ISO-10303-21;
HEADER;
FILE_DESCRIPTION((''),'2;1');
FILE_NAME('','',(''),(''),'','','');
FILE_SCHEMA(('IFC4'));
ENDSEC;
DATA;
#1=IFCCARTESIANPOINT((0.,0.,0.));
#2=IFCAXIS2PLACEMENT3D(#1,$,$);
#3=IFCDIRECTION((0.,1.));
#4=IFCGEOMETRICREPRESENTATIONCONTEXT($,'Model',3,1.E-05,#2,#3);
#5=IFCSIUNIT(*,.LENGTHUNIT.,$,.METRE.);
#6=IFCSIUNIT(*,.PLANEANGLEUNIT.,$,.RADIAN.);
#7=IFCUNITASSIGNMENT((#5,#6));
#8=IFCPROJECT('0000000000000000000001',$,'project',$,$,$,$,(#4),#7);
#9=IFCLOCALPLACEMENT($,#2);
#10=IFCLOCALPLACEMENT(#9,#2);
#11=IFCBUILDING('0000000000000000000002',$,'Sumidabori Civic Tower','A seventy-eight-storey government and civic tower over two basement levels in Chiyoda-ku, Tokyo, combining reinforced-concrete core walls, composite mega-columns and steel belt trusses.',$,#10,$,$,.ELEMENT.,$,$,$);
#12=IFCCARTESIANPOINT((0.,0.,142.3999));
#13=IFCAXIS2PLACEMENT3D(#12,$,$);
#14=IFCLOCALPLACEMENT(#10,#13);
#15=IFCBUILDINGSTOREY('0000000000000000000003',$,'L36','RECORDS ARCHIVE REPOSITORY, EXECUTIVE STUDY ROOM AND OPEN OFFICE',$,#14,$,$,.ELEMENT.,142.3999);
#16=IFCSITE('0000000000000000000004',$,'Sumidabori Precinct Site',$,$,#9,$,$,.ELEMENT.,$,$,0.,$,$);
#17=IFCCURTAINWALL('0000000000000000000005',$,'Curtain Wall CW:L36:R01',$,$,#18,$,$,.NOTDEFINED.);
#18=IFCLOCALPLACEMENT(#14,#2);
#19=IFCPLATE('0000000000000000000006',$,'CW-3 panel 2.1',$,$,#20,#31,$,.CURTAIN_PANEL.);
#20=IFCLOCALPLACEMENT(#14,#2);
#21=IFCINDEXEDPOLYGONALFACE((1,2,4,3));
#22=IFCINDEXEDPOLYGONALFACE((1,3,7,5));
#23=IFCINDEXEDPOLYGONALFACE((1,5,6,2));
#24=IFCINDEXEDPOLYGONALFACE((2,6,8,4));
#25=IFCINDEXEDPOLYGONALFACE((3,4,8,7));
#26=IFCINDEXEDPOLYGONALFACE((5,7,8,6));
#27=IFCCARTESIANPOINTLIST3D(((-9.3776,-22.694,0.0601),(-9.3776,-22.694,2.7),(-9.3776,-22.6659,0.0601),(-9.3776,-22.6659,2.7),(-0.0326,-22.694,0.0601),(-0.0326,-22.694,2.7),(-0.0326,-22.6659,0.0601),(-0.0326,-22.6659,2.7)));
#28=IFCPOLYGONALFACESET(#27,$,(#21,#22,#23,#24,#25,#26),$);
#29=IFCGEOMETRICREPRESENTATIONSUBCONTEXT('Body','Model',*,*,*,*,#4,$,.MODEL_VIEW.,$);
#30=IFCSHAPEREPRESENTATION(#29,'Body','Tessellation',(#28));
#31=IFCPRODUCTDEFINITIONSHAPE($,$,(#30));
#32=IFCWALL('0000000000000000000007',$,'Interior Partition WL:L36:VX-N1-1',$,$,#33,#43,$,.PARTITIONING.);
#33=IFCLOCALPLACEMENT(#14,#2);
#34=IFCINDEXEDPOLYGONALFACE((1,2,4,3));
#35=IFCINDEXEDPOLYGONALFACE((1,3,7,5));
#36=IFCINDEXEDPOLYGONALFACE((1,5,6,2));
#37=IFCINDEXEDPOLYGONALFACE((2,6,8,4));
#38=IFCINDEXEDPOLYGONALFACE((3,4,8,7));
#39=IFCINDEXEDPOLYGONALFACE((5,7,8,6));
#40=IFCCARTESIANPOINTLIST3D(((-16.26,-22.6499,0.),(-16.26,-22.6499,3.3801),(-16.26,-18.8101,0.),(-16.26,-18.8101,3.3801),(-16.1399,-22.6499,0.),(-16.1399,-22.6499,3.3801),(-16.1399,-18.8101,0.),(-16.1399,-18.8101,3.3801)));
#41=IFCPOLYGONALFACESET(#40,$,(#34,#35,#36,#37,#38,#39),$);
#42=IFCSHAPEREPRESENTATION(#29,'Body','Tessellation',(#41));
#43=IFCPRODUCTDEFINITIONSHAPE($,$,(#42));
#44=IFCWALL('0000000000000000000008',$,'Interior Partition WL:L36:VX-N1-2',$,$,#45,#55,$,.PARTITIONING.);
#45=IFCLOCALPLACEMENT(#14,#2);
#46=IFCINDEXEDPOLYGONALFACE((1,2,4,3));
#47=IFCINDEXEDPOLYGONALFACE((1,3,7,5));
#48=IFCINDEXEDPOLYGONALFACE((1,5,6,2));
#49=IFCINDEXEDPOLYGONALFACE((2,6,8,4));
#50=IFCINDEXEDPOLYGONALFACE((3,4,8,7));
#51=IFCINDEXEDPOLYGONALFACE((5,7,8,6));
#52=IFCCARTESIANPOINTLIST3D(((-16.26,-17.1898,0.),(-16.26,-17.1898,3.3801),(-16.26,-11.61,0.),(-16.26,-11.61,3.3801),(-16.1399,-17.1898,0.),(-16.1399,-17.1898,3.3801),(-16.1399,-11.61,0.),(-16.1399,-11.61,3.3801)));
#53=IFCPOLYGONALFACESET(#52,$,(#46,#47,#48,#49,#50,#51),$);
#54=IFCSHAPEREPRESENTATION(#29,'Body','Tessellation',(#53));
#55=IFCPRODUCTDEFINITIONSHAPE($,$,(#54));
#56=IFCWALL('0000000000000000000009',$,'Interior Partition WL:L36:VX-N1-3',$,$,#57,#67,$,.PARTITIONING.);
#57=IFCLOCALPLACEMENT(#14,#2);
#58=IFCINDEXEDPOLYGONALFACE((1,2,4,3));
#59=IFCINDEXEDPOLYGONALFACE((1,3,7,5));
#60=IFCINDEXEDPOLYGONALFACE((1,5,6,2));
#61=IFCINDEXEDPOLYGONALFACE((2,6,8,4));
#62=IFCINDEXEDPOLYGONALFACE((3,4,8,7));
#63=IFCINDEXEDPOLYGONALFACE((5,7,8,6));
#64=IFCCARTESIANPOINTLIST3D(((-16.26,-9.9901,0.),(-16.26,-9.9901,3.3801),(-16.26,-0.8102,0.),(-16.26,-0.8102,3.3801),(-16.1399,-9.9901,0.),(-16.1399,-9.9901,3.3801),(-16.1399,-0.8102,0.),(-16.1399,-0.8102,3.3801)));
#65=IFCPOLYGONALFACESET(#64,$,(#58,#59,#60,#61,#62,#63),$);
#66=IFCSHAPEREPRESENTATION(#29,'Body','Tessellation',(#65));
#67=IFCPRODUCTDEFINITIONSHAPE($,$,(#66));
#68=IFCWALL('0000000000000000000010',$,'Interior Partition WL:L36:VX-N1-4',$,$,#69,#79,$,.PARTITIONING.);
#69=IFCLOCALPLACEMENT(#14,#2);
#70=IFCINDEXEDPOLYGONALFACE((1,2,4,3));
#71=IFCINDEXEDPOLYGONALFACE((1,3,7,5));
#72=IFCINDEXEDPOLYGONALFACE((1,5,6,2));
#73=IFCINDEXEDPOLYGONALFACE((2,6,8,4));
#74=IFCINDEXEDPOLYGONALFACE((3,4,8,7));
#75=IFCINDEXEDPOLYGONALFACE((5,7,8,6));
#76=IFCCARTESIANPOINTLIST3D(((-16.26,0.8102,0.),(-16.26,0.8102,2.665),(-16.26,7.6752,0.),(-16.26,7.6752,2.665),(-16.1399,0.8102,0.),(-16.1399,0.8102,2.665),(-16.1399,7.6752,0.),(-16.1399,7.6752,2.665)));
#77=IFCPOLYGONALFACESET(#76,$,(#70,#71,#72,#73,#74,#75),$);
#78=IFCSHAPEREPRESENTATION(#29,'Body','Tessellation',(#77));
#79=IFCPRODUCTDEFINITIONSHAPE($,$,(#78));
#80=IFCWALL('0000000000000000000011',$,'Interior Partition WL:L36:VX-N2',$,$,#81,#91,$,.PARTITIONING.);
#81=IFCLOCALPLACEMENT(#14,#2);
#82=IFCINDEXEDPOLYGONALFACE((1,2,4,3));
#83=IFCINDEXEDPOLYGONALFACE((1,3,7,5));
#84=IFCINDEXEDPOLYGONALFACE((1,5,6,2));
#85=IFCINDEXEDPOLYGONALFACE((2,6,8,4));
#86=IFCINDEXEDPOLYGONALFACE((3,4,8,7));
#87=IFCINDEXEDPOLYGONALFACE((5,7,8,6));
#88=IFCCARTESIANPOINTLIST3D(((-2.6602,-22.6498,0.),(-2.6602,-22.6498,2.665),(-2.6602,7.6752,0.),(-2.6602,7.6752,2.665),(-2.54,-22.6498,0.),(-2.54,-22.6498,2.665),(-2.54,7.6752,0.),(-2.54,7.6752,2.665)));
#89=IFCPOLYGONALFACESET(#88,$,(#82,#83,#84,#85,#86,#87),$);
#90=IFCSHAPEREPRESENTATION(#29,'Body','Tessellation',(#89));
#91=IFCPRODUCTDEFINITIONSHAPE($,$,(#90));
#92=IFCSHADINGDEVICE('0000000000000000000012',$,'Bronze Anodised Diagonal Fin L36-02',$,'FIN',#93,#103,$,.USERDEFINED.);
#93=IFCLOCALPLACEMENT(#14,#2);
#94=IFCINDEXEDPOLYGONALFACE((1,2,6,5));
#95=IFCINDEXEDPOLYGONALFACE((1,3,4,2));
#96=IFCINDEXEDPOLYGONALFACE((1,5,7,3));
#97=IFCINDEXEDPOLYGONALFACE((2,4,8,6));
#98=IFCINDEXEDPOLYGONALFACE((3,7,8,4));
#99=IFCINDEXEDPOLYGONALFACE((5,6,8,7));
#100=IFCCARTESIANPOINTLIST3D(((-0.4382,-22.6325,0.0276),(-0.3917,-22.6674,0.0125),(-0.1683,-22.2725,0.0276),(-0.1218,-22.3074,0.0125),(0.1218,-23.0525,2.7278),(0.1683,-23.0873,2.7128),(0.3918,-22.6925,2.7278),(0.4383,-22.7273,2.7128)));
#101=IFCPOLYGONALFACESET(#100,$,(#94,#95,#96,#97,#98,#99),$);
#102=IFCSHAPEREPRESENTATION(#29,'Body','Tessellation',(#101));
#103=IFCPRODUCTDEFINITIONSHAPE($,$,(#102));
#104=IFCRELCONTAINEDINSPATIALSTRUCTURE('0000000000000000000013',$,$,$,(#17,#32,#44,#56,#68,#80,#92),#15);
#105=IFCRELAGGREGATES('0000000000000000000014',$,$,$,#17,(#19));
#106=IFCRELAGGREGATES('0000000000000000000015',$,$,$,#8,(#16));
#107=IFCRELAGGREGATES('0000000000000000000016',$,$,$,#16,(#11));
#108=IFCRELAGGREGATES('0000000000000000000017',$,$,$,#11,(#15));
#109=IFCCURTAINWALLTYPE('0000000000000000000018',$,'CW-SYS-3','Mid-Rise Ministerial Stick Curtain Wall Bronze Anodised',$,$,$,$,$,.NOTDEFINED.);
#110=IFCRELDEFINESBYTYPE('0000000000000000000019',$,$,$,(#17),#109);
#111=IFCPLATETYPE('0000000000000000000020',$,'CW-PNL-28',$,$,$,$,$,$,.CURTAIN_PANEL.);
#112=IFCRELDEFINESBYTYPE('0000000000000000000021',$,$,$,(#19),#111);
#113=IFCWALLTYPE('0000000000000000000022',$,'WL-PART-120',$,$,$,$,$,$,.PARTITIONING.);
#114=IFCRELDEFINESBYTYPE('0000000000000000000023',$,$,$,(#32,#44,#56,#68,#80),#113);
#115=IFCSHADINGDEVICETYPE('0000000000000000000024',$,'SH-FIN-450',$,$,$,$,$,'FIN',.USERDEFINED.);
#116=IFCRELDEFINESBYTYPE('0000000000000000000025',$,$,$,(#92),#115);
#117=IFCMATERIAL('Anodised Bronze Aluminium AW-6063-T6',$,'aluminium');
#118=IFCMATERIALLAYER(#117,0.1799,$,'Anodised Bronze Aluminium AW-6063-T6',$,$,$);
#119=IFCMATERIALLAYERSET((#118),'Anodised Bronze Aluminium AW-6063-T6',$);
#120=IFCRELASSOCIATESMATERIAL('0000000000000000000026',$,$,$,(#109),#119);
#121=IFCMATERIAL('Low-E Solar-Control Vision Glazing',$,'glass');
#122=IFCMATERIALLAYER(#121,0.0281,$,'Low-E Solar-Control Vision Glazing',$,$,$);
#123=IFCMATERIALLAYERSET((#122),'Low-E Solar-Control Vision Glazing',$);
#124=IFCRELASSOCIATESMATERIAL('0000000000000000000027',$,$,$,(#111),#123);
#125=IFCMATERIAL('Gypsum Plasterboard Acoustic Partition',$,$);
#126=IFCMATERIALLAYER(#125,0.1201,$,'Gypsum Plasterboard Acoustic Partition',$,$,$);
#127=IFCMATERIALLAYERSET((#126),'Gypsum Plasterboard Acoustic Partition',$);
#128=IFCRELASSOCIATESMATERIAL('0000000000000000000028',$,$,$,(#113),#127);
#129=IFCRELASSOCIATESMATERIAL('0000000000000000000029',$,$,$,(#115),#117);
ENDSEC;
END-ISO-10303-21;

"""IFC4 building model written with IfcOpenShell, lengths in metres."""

from ifc_helpers import new_model, si_unit, direction, frame, frame_2d, origin, origin_2d, place, context, subcontext, project, spatial, rectangle, extrude, source, transform, mapped, material, layer, layer_set, material_profile, profile_set, type_object, element, aggregate, save


model = new_model("IFC4")

# Units and contexts
model_context = context("Model", 3, precision=1e-05, world=origin(), true_north=direction((0.0, 1.0)))
body_context = subcontext(model_context, "Body", "Model", "MODEL_VIEW")
ifc_project = project(units=[si_unit("LENGTHUNIT", "METRE"), si_unit("PLANEANGLEUNIT", "RADIAN")], contexts=[model_context])

# Site, building, storey
site_placement = place(None, origin())
site = spatial("IfcSite", under=ifc_project, at=site_placement, Name="Sumidabori Precinct Site", CompositionType="ELEMENT", RefElevation=0.0)
building_placement = place(site_placement, origin())
building = spatial("IfcBuilding", under=site, at=building_placement, Name="Sumidabori Civic Tower", Description="A seventy-eight-storey government and civic tower over two basement levels in Chiyoda-ku, Tokyo, combining reinforced-concrete core walls, composite mega-columns and steel belt trusses.", CompositionType="ELEMENT")
storey_placement = place(building_placement, frame((0.0, 0.0, 142.3999)))
storey = spatial("IfcBuildingStorey", under=building, at=storey_placement, Name="L36", Description="RECORDS ARCHIVE REPOSITORY, EXECUTIVE STUDY ROOM AND OPEN OFFICE", CompositionType="ELEMENT", Elevation=142.3999)

# Curtain wall
ifc_material_1 = material(Name="Anodised Bronze Aluminium AW-6063-T6", Category="aluminium")
ifc_layer_1 = layer(ifc_material_1, 0.1799, Name="Anodised Bronze Aluminium AW-6063-T6")
ifc_layer_set_1 = layer_set([ifc_layer_1], Name="Anodised Bronze Aluminium AW-6063-T6")
curtain_wall_type = type_object("IfcCurtainWallType", Name="CW-SYS-3", Description="Mid-Rise Ministerial Stick Curtain Wall Bronze Anodised", PredefinedType="NOTDEFINED", material=ifc_layer_set_1)
curtain_wall_placement = place(storey_placement, origin())
curtain_wall = element("IfcCurtainWall", 1, at=curtain_wall_placement, inside=storey, type_object=curtain_wall_type, Name="Curtain Wall CW:L36:R01", PredefinedType="NOTDEFINED")

# Plate
ifc_material_2 = material(Name="Low-E Solar-Control Vision Glazing", Category="glass")
ifc_layer_2 = layer(ifc_material_2, 0.0281, Name="Low-E Solar-Control Vision Glazing")
ifc_layer_set_2 = layer_set([ifc_layer_2], Name="Low-E Solar-Control Vision Glazing")
plate_type = type_object("IfcPlateType", Name="CW-PNL-28", PredefinedType="CURTAIN_PANEL", material=ifc_layer_set_2)
shared_shape_1 = source(origin(), body_context, "Body", "SweptSolid", [
    extrude(rectangle(XDim=9.345, YDim=0.0281, at=origin_2d()), origin(), (0.0, 0.0, 1.0), 2.6399),
])
plate_1_placement = place(storey_placement, frame((-4.7051, -22.6799, 0.0601), z_axis=(0.0, 0.0, 1.0), x_axis=(1.0, 0.0, 0.0)))
plate_1 = element("IfcPlate", 2, at=plate_1_placement, type_object=plate_type, Name="CW-3 panel 2.1", PredefinedType="CURTAIN_PANEL", context=body_context, shape_type="MappedRepresentation", body=[
    mapped(shared_shape_1, transform((0.0, 0.0, 0.0), x_axis=(1.0, 0.0, 0.0), y_axis=(0.0, 1.0, 0.0), z_axis=(0.0, 0.0, 1.0), scale=1.0)),
])
aggregate(curtain_wall, [plate_1])

# Walls
ifc_material_3 = material(Name="Gypsum Plasterboard Acoustic Partition")
ifc_layer_3 = layer(ifc_material_3, 0.1201, Name="Gypsum Plasterboard Acoustic Partition")
ifc_layer_set_3 = layer_set([ifc_layer_3], Name="Gypsum Plasterboard Acoustic Partition")
wall_type = type_object("IfcWallType", Name="WL-PART-120", PredefinedType="PARTITIONING", material=ifc_layer_set_3)
shared_shape_2 = source(origin(), body_context, "Body", "SweptSolid", [
    extrude(rectangle(XDim=3.8398, YDim=0.1201, at=frame_2d((1.9199, 0.0))), origin(), (0.0, 0.0, 1.0), 3.3801),
])
wall_1_placement = place(storey_placement, frame((-16.2, -22.6499, 0.0), z_axis=(0.0, 0.0, 1.0), x_axis=(0.0, 1.0, 0.0)))
element("IfcWall", 3, at=wall_1_placement, inside=storey, type_object=wall_type, Name="Interior Partition WL:L36:VX-N1-1", PredefinedType="PARTITIONING", context=body_context, shape_type="MappedRepresentation", body=[
    mapped(shared_shape_2, transform((0.0, 0.0, 0.0), x_axis=(1.0, 0.0, 0.0), y_axis=(0.0, 1.0, 0.0), z_axis=(0.0, 0.0, 1.0), scale=1.0)),
])
shared_shape_3 = source(origin(), body_context, "Body", "SweptSolid", [
    extrude(rectangle(XDim=5.5798, YDim=0.1201, at=frame_2d((2.79, 0.0))), origin(), (0.0, 0.0, 1.0), 3.3801),
])
wall_2_placement = place(storey_placement, frame((-16.2, -17.1899, 0.0), z_axis=(0.0, 0.0, 1.0), x_axis=(0.0, 1.0, 0.0)))
element("IfcWall", 4, at=wall_2_placement, inside=storey, type_object=wall_type, Name="Interior Partition WL:L36:VX-N1-2", PredefinedType="PARTITIONING", context=body_context, shape_type="MappedRepresentation", body=[
    mapped(shared_shape_3, transform((0.0, 0.0, 0.0), x_axis=(1.0, 0.0, 0.0), y_axis=(0.0, 1.0, 0.0), z_axis=(0.0, 0.0, 1.0), scale=1.0)),
])
shared_shape_4 = source(origin(), body_context, "Body", "SweptSolid", [
    extrude(rectangle(XDim=9.1799, YDim=0.1201, at=frame_2d((4.5898, 0.0))), origin(), (0.0, 0.0, 1.0), 3.3801),
])
wall_3_placement = place(storey_placement, frame((-16.2, -9.99, 0.0), z_axis=(0.0, 0.0, 1.0), x_axis=(0.0, 1.0, 0.0)))
element("IfcWall", 5, at=wall_3_placement, inside=storey, type_object=wall_type, Name="Interior Partition WL:L36:VX-N1-3", PredefinedType="PARTITIONING", context=body_context, shape_type="MappedRepresentation", body=[
    mapped(shared_shape_4, transform((0.0, 0.0, 0.0), x_axis=(1.0, 0.0, 0.0), y_axis=(0.0, 1.0, 0.0), z_axis=(0.0, 0.0, 1.0), scale=1.0)),
])
shared_shape_5 = source(origin(), body_context, "Body", "SweptSolid", [
    extrude(rectangle(XDim=6.865, YDim=0.1201, at=frame_2d((3.4326, 0.0))), origin(), (0.0, 0.0, 1.0), 2.665),
])
wall_4_placement = place(storey_placement, frame((-16.2, 0.8101, 0.0), z_axis=(0.0, 0.0, 1.0), x_axis=(0.0, 1.0, 0.0)))
element("IfcWall", 6, at=wall_4_placement, inside=storey, type_object=wall_type, Name="Interior Partition WL:L36:VX-N1-4", PredefinedType="PARTITIONING", context=body_context, shape_type="MappedRepresentation", body=[
    mapped(shared_shape_5, transform((0.0, 0.0, 0.0), x_axis=(1.0, 0.0, 0.0), y_axis=(0.0, 1.0, 0.0), z_axis=(0.0, 0.0, 1.0), scale=1.0)),
])
shared_shape_6 = source(origin(), body_context, "Body", "SweptSolid", [
    extrude(rectangle(XDim=30.325, YDim=0.1201, at=frame_2d((15.1626, 0.0))), origin(), (0.0, 0.0, 1.0), 2.665),
])
wall_5_placement = place(storey_placement, frame((-2.6001, -22.6499, 0.0), z_axis=(0.0, 0.0, 1.0), x_axis=(0.0, 1.0, 0.0)))
element("IfcWall", 7, at=wall_5_placement, inside=storey, type_object=wall_type, Name="Interior Partition WL:L36:VX-N2", PredefinedType="PARTITIONING", context=body_context, shape_type="MappedRepresentation", body=[
    mapped(shared_shape_6, transform((0.0, 0.0, 0.0), x_axis=(1.0, 0.0, 0.0), y_axis=(0.0, 1.0, 0.0), z_axis=(0.0, 0.0, 1.0), scale=1.0)),
])

# Shading device
ifc_material_profile_1 = material_profile(ifc_material_1, rectangle(XDim=0.0601, YDim=0.45, at=origin_2d()), Name="BRONZE FIN 450x60")
ifc_profile_set_1 = profile_set([ifc_material_profile_1], Name="Anodised Bronze Aluminium AW-6063-T6")
shading_device_type = type_object("IfcShadingDeviceType", Name="SH-FIN-450", ElementType="FIN", PredefinedType="USERDEFINED", material=ifc_profile_set_1)
shared_shape_7 = source(origin(), body_context, "Body", "SweptSolid", [
    extrude(rectangle(XDim=0.0601, YDim=0.45, at=origin_2d()), origin(), (0.0, 0.0, 1.0), 2.7896),
])
shading_device_placement = place(storey_placement, frame((-0.28, -22.47, 0.02), z_axis=(0.200777, -0.150539, 0.968001), x_axis=(0.774482, -0.580693, -0.250945)))
element("IfcShadingDevice", 8, at=shading_device_placement, inside=storey, type_object=shading_device_type, Name="Bronze Anodised Diagonal Fin L36-02", ObjectType="FIN", PredefinedType="USERDEFINED", context=body_context, shape_type="MappedRepresentation", body=[
    mapped(shared_shape_7, transform((0.0, 0.0, 0.0), x_axis=(1.0, 0.0, 0.0), y_axis=(0.0, 1.0, 0.0), z_axis=(0.0, 0.0, 1.0), scale=1.0)),
])

save(model, "model.ifc")
